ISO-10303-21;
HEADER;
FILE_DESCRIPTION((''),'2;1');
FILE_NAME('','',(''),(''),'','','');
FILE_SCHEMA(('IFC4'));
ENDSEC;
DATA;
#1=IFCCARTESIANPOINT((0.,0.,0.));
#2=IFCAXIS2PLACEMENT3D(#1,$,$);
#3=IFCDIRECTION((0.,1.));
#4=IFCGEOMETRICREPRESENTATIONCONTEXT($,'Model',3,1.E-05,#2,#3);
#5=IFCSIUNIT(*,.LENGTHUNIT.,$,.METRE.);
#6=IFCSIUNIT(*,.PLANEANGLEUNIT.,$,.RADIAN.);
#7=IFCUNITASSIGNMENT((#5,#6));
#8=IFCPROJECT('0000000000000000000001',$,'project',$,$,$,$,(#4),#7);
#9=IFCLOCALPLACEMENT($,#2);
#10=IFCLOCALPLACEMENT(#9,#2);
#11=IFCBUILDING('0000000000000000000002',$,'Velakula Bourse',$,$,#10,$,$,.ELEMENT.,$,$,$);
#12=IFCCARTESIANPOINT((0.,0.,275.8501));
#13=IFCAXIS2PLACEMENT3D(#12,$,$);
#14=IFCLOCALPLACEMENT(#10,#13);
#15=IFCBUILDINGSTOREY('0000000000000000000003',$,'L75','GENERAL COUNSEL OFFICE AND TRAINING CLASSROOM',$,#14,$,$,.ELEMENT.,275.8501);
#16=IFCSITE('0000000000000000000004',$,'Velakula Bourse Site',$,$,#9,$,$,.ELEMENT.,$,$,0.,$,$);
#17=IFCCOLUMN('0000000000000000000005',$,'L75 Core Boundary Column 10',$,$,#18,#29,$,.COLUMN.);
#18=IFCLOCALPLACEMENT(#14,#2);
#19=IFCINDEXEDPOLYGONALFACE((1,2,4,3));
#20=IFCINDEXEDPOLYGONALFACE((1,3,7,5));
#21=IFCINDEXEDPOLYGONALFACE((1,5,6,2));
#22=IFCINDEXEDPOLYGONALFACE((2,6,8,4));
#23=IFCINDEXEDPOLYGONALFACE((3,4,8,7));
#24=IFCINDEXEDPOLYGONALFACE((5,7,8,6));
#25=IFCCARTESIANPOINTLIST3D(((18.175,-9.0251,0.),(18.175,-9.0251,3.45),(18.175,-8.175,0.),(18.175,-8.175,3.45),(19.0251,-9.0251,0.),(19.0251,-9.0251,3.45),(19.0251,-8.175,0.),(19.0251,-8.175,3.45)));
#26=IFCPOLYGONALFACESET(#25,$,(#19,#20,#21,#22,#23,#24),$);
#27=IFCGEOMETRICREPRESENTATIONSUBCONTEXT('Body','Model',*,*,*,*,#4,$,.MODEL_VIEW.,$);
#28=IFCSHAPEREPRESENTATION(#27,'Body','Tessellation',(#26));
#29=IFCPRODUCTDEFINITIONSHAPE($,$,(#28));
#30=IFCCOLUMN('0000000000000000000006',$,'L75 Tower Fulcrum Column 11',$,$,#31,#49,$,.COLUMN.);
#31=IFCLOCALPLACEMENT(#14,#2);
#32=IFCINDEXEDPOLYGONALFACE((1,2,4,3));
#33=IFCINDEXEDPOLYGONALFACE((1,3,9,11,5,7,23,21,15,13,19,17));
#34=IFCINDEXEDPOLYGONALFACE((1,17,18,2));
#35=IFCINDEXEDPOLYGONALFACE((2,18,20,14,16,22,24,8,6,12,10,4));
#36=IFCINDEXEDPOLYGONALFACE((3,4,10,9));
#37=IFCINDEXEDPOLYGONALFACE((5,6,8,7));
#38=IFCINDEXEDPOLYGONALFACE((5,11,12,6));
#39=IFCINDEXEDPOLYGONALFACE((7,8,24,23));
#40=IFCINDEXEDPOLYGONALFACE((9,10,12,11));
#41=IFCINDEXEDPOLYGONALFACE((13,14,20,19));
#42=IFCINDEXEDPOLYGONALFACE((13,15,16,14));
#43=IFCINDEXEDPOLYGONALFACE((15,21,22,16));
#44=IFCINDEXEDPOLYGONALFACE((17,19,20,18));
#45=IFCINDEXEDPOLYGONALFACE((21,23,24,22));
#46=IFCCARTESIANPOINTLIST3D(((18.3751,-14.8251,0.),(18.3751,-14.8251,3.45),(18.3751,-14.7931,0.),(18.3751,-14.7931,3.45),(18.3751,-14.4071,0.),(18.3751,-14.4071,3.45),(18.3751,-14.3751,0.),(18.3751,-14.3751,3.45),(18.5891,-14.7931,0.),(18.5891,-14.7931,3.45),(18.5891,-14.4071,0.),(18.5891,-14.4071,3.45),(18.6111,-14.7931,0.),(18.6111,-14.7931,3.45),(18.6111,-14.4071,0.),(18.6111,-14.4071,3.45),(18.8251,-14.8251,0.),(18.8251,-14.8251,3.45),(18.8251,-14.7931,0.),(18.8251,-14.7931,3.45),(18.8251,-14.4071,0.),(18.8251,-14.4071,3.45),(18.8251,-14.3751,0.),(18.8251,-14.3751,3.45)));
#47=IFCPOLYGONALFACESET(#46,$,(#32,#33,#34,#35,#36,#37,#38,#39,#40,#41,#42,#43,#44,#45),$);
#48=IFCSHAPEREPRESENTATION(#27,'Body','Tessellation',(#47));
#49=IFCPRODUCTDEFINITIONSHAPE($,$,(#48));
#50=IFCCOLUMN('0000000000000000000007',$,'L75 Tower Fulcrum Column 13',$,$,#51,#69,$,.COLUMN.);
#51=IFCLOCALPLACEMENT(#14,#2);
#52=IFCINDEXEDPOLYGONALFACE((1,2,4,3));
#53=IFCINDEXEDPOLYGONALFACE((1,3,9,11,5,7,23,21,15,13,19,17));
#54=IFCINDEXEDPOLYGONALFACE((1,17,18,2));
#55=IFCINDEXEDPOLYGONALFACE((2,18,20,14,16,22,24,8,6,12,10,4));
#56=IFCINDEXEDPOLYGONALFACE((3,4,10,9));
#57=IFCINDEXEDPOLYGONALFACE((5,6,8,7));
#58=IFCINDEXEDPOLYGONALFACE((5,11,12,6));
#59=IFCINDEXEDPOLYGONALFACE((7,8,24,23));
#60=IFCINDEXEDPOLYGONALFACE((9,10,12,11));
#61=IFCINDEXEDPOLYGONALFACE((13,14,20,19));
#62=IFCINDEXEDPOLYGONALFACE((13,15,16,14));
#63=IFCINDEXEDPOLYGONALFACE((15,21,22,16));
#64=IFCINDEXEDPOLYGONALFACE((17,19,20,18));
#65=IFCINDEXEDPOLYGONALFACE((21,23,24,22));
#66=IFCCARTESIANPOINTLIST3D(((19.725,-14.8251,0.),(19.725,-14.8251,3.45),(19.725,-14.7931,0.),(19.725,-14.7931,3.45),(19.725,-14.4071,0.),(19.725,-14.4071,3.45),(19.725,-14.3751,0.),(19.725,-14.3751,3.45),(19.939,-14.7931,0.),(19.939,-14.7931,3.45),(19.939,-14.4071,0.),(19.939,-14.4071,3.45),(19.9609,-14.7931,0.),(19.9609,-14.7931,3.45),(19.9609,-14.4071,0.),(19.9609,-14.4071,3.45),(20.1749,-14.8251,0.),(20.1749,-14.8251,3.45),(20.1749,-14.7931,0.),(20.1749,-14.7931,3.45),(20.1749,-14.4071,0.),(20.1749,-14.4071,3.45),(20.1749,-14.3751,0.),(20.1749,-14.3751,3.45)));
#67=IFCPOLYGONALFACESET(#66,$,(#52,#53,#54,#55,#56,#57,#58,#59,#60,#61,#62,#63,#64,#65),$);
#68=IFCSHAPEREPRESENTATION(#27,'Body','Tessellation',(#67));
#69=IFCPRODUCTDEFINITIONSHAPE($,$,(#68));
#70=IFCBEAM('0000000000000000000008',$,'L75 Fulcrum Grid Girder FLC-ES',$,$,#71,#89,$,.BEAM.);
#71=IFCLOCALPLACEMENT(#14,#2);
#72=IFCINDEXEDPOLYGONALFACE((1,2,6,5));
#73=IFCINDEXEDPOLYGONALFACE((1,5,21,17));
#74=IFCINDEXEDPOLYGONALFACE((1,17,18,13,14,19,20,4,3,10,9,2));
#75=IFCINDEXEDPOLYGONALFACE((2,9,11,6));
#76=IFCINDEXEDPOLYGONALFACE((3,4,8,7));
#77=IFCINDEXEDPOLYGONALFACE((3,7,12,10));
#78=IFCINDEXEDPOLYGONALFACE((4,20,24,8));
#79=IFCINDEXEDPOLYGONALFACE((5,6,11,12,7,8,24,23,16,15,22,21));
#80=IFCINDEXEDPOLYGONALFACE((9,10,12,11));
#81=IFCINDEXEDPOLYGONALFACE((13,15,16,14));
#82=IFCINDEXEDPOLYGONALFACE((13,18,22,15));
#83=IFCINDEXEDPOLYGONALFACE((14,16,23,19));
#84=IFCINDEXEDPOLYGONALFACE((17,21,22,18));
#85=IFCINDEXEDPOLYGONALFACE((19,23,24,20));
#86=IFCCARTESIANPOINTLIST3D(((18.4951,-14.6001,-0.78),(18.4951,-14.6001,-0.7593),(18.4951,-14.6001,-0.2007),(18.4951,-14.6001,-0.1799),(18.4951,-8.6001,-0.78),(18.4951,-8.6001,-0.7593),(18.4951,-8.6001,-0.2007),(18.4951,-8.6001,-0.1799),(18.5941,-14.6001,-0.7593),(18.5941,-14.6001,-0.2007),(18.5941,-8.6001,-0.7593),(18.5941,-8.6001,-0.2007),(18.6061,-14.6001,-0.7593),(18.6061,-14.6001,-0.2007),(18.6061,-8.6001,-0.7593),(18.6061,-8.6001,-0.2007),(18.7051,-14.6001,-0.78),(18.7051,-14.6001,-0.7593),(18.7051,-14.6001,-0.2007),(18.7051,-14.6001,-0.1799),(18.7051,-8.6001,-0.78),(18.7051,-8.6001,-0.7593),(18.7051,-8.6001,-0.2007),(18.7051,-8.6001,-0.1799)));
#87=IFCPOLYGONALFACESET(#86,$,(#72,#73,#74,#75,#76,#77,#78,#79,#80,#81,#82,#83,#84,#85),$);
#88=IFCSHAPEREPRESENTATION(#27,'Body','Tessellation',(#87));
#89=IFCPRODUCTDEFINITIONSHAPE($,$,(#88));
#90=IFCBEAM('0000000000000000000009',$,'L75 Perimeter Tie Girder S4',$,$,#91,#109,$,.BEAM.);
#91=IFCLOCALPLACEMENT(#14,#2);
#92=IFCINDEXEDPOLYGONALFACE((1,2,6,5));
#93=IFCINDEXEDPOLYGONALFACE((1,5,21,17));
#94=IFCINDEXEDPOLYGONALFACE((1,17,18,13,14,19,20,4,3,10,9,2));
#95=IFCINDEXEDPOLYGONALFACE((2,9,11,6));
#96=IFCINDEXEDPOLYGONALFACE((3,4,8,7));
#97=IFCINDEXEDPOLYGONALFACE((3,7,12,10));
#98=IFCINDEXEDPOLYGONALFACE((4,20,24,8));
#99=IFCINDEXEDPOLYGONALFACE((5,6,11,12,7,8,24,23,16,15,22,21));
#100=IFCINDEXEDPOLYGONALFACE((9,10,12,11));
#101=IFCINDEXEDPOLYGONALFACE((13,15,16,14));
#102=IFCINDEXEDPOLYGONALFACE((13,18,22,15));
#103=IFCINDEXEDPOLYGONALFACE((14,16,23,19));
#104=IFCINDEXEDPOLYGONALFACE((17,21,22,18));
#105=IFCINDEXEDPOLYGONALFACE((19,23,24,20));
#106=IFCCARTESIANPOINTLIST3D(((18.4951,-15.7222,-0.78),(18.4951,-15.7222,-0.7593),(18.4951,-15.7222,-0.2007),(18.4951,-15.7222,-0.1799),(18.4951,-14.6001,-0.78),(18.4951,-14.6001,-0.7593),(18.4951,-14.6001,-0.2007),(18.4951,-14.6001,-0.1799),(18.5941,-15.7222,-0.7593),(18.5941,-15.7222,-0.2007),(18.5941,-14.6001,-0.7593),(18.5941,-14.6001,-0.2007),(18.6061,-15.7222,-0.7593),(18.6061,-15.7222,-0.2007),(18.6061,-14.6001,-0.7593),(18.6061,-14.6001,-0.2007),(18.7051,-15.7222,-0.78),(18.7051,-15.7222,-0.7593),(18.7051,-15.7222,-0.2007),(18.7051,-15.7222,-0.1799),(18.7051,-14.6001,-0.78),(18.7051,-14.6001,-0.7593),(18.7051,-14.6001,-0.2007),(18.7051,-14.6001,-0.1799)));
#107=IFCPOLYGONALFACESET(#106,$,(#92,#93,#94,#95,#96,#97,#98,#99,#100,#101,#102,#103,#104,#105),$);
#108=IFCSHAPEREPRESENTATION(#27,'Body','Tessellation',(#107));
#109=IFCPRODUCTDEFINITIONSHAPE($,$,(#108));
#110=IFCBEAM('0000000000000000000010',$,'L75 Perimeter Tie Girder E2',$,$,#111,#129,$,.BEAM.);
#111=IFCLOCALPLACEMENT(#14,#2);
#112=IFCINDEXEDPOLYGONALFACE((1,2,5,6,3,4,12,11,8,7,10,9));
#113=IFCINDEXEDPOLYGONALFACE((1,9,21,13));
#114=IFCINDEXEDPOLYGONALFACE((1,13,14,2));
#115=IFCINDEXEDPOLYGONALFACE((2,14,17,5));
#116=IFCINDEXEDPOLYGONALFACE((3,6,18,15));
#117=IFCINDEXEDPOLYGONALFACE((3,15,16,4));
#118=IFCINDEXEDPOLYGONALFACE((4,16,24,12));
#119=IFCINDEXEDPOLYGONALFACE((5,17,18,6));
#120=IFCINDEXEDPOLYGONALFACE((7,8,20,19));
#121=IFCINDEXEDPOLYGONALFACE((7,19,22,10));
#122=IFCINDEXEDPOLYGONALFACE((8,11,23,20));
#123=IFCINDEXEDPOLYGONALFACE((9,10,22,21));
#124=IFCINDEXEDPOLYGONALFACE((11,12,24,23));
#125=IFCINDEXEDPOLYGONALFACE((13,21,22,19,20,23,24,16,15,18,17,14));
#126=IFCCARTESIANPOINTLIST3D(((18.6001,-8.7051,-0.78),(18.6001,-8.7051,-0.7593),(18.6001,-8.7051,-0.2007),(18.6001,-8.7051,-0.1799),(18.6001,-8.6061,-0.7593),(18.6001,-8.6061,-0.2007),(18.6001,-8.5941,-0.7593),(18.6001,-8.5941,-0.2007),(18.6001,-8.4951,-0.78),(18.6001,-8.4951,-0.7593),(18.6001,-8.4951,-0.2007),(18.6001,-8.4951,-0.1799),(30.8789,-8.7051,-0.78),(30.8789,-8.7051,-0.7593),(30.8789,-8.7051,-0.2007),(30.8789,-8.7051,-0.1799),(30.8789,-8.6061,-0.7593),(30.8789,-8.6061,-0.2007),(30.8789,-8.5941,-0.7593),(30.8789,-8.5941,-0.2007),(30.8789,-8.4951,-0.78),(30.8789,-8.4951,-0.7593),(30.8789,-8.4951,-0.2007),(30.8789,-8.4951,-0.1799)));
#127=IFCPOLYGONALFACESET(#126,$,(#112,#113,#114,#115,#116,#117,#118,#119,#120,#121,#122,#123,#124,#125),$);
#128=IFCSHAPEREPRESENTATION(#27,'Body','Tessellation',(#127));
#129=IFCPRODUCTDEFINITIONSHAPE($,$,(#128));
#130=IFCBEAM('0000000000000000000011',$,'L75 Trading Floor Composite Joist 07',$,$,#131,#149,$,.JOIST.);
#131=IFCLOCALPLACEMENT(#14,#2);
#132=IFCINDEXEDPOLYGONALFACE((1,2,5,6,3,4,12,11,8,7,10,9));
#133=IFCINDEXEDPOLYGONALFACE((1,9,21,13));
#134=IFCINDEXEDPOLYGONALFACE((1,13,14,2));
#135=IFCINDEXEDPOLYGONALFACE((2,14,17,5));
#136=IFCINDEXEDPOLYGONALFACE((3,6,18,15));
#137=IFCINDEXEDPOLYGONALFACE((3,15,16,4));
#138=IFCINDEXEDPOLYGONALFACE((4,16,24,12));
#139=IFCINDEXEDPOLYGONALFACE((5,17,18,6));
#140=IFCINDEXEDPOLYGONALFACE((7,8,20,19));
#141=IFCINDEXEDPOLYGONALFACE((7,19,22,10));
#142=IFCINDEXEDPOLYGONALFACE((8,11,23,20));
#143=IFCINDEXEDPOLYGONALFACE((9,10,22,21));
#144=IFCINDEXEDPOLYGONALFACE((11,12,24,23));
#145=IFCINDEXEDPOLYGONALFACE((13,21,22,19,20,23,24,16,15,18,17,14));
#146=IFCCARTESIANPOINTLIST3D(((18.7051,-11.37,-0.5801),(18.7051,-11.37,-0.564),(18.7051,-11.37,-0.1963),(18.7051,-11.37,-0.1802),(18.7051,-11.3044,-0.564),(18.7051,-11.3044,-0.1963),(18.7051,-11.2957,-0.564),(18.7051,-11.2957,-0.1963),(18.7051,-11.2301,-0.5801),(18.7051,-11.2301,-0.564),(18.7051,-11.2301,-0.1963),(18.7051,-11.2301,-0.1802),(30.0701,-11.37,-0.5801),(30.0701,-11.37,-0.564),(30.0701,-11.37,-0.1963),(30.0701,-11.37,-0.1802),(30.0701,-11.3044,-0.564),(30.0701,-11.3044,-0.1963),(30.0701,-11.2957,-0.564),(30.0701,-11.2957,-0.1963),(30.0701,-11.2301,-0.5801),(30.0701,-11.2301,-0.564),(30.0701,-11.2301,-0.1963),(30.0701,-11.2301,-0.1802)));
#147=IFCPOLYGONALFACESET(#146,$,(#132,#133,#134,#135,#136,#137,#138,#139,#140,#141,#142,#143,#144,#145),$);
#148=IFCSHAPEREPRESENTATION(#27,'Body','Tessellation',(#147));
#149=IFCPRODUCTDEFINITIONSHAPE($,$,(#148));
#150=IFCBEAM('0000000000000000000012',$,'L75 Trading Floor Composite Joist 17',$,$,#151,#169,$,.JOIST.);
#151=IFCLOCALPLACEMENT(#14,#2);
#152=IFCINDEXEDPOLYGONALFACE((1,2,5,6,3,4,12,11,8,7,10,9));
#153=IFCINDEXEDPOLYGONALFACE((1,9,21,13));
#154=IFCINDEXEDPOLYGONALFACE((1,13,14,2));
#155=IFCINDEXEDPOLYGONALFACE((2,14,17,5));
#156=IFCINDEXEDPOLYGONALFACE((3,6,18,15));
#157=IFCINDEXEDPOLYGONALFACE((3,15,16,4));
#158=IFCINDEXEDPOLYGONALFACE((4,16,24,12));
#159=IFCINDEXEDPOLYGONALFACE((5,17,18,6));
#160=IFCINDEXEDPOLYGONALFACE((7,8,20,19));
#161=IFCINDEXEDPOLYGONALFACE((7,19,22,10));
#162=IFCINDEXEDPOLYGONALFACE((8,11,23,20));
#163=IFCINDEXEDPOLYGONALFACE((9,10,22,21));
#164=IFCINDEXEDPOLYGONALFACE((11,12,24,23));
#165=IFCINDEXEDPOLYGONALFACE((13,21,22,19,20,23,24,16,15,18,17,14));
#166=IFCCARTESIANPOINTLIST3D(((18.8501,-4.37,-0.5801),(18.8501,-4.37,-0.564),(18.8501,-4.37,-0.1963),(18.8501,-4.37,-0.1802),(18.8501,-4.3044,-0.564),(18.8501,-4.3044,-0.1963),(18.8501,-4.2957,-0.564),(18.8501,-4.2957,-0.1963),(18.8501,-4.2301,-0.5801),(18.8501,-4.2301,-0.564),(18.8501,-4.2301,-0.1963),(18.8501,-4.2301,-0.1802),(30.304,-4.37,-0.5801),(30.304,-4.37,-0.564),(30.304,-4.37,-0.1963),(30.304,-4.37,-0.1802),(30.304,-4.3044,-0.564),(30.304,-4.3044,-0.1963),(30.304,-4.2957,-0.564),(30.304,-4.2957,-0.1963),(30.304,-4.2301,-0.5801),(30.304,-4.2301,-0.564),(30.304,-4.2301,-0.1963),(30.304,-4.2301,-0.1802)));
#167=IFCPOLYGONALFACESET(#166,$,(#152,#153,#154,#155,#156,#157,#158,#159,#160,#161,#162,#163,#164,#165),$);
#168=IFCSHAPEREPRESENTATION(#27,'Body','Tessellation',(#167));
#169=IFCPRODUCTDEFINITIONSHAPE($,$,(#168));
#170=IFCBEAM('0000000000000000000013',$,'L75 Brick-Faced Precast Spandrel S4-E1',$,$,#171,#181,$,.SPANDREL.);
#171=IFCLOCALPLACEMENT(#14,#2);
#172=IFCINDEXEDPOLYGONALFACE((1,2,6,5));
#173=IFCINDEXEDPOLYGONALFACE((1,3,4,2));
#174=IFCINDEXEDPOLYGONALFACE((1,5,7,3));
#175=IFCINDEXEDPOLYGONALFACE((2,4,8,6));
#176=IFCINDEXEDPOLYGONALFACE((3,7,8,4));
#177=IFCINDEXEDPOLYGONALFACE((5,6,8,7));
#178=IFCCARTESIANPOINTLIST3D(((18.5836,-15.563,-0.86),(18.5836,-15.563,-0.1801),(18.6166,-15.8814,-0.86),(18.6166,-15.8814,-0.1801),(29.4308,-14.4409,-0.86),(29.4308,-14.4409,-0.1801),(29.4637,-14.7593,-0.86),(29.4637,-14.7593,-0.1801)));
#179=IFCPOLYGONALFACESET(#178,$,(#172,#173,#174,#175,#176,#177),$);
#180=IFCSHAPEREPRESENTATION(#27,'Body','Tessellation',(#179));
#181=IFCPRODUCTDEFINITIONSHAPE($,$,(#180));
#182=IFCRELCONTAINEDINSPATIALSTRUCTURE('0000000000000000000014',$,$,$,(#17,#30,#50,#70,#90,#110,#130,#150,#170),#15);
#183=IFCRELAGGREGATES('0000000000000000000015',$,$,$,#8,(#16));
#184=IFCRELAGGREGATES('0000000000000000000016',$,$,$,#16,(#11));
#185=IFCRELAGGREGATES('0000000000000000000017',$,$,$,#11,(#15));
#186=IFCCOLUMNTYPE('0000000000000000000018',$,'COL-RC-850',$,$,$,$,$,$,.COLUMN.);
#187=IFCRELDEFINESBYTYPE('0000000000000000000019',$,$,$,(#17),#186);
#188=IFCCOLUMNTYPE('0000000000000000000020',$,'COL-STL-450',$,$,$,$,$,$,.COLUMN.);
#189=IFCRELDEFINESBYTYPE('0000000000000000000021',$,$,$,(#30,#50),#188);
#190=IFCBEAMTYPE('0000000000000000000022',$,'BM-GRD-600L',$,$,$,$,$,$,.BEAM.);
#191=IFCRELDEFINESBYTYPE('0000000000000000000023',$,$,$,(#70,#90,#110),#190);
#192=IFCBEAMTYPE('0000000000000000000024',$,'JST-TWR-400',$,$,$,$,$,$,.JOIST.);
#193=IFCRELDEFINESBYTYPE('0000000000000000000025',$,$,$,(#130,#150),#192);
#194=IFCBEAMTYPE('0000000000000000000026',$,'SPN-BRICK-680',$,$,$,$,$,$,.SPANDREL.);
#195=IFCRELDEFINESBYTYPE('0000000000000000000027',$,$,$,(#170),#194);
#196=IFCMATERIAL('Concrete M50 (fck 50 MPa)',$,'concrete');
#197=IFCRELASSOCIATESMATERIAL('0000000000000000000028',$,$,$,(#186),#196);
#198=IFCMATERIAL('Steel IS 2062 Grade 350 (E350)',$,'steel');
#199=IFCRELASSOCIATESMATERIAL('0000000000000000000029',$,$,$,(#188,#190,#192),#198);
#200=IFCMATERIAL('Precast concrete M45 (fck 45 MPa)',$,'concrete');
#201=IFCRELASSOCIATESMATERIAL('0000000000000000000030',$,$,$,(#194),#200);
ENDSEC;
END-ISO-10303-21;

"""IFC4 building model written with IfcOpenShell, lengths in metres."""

from ifc_helpers import new_model, si_unit, direction, frame, origin, origin_2d, place, context, subcontext, project, spatial, rectangle, i_section, extrude, material, material_profile, profile_set, type_object, element, save


model = new_model("IFC4")

# Units and contexts
model_context = context("Model", 3, precision=1e-05, world=origin(), true_north=direction((0.0, 1.0)))
body_context = subcontext(model_context, "Body", "Model", "MODEL_VIEW")
ifc_project = project(units=[si_unit("LENGTHUNIT", "METRE"), si_unit("PLANEANGLEUNIT", "RADIAN")], contexts=[model_context])

# Site, building, storey
site_placement = place(None, origin())
site = spatial("IfcSite", under=ifc_project, at=site_placement, Name="Velakula Bourse Site", CompositionType="ELEMENT", RefElevation=0.0)
building_placement = place(site_placement, origin())
building = spatial("IfcBuilding", under=site, at=building_placement, Name="Velakula Bourse", CompositionType="ELEMENT")
storey_placement = place(building_placement, frame((0.0, 0.0, 275.8501)))
storey = spatial("IfcBuildingStorey", under=building, at=storey_placement, Name="L75", Description="GENERAL COUNSEL OFFICE AND TRAINING CLASSROOM", CompositionType="ELEMENT", Elevation=275.8501)

# Columns
ifc_material_1 = material(Name="Concrete M50 (fck 50 MPa)", Category="concrete")
ifc_material_profile_1 = material_profile(ifc_material_1, rectangle(XDim=0.8501, YDim=0.8501, at=origin_2d()), Name="Concrete M50 (fck 50 MPa)")
ifc_profile_set_1 = profile_set([ifc_material_profile_1], Name="Concrete M50 (fck 50 MPa)")
column_type_1 = type_object("IfcColumnType", Name="COL-RC-850", PredefinedType="COLUMN", material=ifc_profile_set_1)
column_placement = place(storey_placement, frame((18.6001, -8.6001, 0.0), z_axis=(0.0, 0.0, 1.0), x_axis=(1.0, 0.0, 0.0)))
element("IfcColumn", 1, at=column_placement, inside=storey, type_object=column_type_1, Name="L75 Core Boundary Column 10", PredefinedType="COLUMN", context=body_context, shape_type="SweptSolid", body=[
    extrude(rectangle(XDim=0.8501, YDim=0.8501, at=origin_2d()), origin(), (0.0, 0.0, 1.0), 3.45),
])
ifc_material_2 = material(Name="Steel IS 2062 Grade 350 (E350)", Category="steel")
ifc_material_profile_2 = material_profile(ifc_material_2, i_section(OverallWidth=0.45, OverallDepth=0.45, WebThickness=0.022, FlangeThickness=0.032, at=origin_2d()), Name="Steel IS 2062 Grade 350 (E350)")
ifc_profile_set_2 = profile_set([ifc_material_profile_2], Name="Steel IS 2062 Grade 350 (E350)")
column_type_2 = type_object("IfcColumnType", Name="COL-STL-450", PredefinedType="COLUMN", material=ifc_profile_set_2)
for number, where, z_axis, x_axis, name in (
    (2, (18.6001, -14.6001, 0.0), (0.0, 0.0, 1.0), (1.0, 0.0, 0.0), "L75 Tower Fulcrum Column 11"),
    (3, (19.95, -14.6001, 0.0), (0.0, 0.0, 1.0), (1.0, 0.0, 0.0), "L75 Tower Fulcrum Column 13"),
):
    element("IfcColumn", number, at=place(storey_placement, frame(where, z_axis=z_axis, x_axis=x_axis)), inside=storey, type_object=column_type_2, Name=name, PredefinedType="COLUMN", context=body_context, shape_type="SweptSolid", body=[
        extrude(i_section(OverallWidth=0.45, OverallDepth=0.45, WebThickness=0.022, FlangeThickness=0.032, at=origin_2d()), origin(), (0.0, 0.0, 1.0), 3.45),
    ])

# Beams
ifc_material_profile_3 = material_profile(ifc_material_2, i_section(OverallWidth=0.21, OverallDepth=0.6001, WebThickness=0.012, FlangeThickness=0.0208, at=origin_2d()), Name="Steel IS 2062 Grade 350 (E350)")
ifc_profile_set_3 = profile_set([ifc_material_profile_3], Name="Steel IS 2062 Grade 350 (E350)")
beam_type_1 = type_object("IfcBeamType", Name="BM-GRD-600L", PredefinedType="BEAM", material=ifc_profile_set_3)
beam_1_placement = place(storey_placement, frame((18.6001, -14.6001, -0.48), z_axis=(0.0, 1.0, 0.0), x_axis=(-1.0, 0.0, 0.0)))
element("IfcBeam", 4, at=beam_1_placement, inside=storey, type_object=beam_type_1, Name="L75 Fulcrum Grid Girder FLC-ES", PredefinedType="BEAM", context=body_context, shape_type="SweptSolid", body=[
    extrude(i_section(OverallWidth=0.21, OverallDepth=0.6001, WebThickness=0.012, FlangeThickness=0.0208, at=origin_2d()), origin(), (0.0, 0.0, 1.0), 6.0),
])
beam_2_placement = place(storey_placement, frame((18.6001, -14.6001, -0.48), z_axis=(0.0, -1.0, 0.0), x_axis=(1.0, 0.0, 0.0)))
element("IfcBeam", 5, at=beam_2_placement, inside=storey, type_object=beam_type_1, Name="L75 Perimeter Tie Girder S4", PredefinedType="BEAM", context=body_context, shape_type="SweptSolid", body=[
    extrude(i_section(OverallWidth=0.21, OverallDepth=0.6001, WebThickness=0.012, FlangeThickness=0.0208, at=origin_2d()), origin(), (0.0, 0.0, 1.0), 1.1221),
])
beam_3_placement = place(storey_placement, frame((18.6001, -8.6001, -0.48), z_axis=(1.0, 0.0, 0.0), x_axis=(0.0, 1.0, 0.0)))
element("IfcBeam", 6, at=beam_3_placement, inside=storey, type_object=beam_type_1, Name="L75 Perimeter Tie Girder E2", PredefinedType="BEAM", context=body_context, shape_type="SweptSolid", body=[
    extrude(i_section(OverallWidth=0.21, OverallDepth=0.6001, WebThickness=0.012, FlangeThickness=0.0208, at=origin_2d()), origin(), (0.0, 0.0, 1.0), 12.2788),
])
ifc_material_profile_4 = material_profile(ifc_material_2, i_section(OverallWidth=0.1399, OverallDepth=0.3999, WebThickness=0.0088, FlangeThickness=0.0161, at=origin_2d()), Name="Steel IS 2062 Grade 350 (E350)")
ifc_profile_set_4 = profile_set([ifc_material_profile_4], Name="Steel IS 2062 Grade 350 (E350)")
beam_type_2 = type_object("IfcBeamType", Name="JST-TWR-400", PredefinedType="JOIST", material=ifc_profile_set_4)
beam_4_placement = place(storey_placement, frame((18.7051, -11.3, -0.3801), z_axis=(1.0, 0.0, 0.0), x_axis=(0.0, 1.0, 0.0)))
element("IfcBeam", 7, at=beam_4_placement, inside=storey, type_object=beam_type_2, Name="L75 Trading Floor Composite Joist 07", PredefinedType="JOIST", context=body_context, shape_type="SweptSolid", body=[
    extrude(i_section(OverallWidth=0.1399, OverallDepth=0.3999, WebThickness=0.0088, FlangeThickness=0.0161, at=origin_2d()), origin(), (0.0, 0.0, 1.0), 11.365),
])
beam_5_placement = place(storey_placement, frame((18.8501, -4.3, -0.3801), z_axis=(1.0, 0.0, 0.0), x_axis=(0.0, 1.0, 0.0)))
element("IfcBeam", 8, at=beam_5_placement, inside=storey, type_object=beam_type_2, Name="L75 Trading Floor Composite Joist 17", PredefinedType="JOIST", context=body_context, shape_type="SweptSolid", body=[
    extrude(i_section(OverallWidth=0.1399, OverallDepth=0.3999, WebThickness=0.0088, FlangeThickness=0.0161, at=origin_2d()), origin(), (0.0, 0.0, 1.0), 11.4539),
])
ifc_material_3 = material(Name="Precast concrete M45 (fck 45 MPa)", Category="concrete")
ifc_material_profile_5 = material_profile(ifc_material_3, rectangle(XDim=0.3201, YDim=0.6799, at=origin_2d()), Name="Precast concrete M45 (fck 45 MPa)")
ifc_profile_set_5 = profile_set([ifc_material_profile_5], Name="Precast concrete M45 (fck 45 MPa)")
beam_type_3 = type_object("IfcBeamType", Name="SPN-BRICK-680", PredefinedType="SPANDREL", material=ifc_profile_set_5)
beam_6_placement = place(storey_placement, frame((18.6001, -15.7222, -0.52), z_axis=(0.994692, 0.102895, 0.0), x_axis=(-0.102895, 0.994692, 0.0)))
element("IfcBeam", 9, at=beam_6_placement, inside=storey, type_object=beam_type_3, Name="L75 Brick-Faced Precast Spandrel S4-E1", PredefinedType="SPANDREL", context=body_context, shape_type="SweptSolid", body=[
    extrude(rectangle(XDim=0.3201, YDim=0.6799, at=origin_2d()), origin(), (0.0, 0.0, 1.0), 10.905),
])

save(model, "model.ifc")
